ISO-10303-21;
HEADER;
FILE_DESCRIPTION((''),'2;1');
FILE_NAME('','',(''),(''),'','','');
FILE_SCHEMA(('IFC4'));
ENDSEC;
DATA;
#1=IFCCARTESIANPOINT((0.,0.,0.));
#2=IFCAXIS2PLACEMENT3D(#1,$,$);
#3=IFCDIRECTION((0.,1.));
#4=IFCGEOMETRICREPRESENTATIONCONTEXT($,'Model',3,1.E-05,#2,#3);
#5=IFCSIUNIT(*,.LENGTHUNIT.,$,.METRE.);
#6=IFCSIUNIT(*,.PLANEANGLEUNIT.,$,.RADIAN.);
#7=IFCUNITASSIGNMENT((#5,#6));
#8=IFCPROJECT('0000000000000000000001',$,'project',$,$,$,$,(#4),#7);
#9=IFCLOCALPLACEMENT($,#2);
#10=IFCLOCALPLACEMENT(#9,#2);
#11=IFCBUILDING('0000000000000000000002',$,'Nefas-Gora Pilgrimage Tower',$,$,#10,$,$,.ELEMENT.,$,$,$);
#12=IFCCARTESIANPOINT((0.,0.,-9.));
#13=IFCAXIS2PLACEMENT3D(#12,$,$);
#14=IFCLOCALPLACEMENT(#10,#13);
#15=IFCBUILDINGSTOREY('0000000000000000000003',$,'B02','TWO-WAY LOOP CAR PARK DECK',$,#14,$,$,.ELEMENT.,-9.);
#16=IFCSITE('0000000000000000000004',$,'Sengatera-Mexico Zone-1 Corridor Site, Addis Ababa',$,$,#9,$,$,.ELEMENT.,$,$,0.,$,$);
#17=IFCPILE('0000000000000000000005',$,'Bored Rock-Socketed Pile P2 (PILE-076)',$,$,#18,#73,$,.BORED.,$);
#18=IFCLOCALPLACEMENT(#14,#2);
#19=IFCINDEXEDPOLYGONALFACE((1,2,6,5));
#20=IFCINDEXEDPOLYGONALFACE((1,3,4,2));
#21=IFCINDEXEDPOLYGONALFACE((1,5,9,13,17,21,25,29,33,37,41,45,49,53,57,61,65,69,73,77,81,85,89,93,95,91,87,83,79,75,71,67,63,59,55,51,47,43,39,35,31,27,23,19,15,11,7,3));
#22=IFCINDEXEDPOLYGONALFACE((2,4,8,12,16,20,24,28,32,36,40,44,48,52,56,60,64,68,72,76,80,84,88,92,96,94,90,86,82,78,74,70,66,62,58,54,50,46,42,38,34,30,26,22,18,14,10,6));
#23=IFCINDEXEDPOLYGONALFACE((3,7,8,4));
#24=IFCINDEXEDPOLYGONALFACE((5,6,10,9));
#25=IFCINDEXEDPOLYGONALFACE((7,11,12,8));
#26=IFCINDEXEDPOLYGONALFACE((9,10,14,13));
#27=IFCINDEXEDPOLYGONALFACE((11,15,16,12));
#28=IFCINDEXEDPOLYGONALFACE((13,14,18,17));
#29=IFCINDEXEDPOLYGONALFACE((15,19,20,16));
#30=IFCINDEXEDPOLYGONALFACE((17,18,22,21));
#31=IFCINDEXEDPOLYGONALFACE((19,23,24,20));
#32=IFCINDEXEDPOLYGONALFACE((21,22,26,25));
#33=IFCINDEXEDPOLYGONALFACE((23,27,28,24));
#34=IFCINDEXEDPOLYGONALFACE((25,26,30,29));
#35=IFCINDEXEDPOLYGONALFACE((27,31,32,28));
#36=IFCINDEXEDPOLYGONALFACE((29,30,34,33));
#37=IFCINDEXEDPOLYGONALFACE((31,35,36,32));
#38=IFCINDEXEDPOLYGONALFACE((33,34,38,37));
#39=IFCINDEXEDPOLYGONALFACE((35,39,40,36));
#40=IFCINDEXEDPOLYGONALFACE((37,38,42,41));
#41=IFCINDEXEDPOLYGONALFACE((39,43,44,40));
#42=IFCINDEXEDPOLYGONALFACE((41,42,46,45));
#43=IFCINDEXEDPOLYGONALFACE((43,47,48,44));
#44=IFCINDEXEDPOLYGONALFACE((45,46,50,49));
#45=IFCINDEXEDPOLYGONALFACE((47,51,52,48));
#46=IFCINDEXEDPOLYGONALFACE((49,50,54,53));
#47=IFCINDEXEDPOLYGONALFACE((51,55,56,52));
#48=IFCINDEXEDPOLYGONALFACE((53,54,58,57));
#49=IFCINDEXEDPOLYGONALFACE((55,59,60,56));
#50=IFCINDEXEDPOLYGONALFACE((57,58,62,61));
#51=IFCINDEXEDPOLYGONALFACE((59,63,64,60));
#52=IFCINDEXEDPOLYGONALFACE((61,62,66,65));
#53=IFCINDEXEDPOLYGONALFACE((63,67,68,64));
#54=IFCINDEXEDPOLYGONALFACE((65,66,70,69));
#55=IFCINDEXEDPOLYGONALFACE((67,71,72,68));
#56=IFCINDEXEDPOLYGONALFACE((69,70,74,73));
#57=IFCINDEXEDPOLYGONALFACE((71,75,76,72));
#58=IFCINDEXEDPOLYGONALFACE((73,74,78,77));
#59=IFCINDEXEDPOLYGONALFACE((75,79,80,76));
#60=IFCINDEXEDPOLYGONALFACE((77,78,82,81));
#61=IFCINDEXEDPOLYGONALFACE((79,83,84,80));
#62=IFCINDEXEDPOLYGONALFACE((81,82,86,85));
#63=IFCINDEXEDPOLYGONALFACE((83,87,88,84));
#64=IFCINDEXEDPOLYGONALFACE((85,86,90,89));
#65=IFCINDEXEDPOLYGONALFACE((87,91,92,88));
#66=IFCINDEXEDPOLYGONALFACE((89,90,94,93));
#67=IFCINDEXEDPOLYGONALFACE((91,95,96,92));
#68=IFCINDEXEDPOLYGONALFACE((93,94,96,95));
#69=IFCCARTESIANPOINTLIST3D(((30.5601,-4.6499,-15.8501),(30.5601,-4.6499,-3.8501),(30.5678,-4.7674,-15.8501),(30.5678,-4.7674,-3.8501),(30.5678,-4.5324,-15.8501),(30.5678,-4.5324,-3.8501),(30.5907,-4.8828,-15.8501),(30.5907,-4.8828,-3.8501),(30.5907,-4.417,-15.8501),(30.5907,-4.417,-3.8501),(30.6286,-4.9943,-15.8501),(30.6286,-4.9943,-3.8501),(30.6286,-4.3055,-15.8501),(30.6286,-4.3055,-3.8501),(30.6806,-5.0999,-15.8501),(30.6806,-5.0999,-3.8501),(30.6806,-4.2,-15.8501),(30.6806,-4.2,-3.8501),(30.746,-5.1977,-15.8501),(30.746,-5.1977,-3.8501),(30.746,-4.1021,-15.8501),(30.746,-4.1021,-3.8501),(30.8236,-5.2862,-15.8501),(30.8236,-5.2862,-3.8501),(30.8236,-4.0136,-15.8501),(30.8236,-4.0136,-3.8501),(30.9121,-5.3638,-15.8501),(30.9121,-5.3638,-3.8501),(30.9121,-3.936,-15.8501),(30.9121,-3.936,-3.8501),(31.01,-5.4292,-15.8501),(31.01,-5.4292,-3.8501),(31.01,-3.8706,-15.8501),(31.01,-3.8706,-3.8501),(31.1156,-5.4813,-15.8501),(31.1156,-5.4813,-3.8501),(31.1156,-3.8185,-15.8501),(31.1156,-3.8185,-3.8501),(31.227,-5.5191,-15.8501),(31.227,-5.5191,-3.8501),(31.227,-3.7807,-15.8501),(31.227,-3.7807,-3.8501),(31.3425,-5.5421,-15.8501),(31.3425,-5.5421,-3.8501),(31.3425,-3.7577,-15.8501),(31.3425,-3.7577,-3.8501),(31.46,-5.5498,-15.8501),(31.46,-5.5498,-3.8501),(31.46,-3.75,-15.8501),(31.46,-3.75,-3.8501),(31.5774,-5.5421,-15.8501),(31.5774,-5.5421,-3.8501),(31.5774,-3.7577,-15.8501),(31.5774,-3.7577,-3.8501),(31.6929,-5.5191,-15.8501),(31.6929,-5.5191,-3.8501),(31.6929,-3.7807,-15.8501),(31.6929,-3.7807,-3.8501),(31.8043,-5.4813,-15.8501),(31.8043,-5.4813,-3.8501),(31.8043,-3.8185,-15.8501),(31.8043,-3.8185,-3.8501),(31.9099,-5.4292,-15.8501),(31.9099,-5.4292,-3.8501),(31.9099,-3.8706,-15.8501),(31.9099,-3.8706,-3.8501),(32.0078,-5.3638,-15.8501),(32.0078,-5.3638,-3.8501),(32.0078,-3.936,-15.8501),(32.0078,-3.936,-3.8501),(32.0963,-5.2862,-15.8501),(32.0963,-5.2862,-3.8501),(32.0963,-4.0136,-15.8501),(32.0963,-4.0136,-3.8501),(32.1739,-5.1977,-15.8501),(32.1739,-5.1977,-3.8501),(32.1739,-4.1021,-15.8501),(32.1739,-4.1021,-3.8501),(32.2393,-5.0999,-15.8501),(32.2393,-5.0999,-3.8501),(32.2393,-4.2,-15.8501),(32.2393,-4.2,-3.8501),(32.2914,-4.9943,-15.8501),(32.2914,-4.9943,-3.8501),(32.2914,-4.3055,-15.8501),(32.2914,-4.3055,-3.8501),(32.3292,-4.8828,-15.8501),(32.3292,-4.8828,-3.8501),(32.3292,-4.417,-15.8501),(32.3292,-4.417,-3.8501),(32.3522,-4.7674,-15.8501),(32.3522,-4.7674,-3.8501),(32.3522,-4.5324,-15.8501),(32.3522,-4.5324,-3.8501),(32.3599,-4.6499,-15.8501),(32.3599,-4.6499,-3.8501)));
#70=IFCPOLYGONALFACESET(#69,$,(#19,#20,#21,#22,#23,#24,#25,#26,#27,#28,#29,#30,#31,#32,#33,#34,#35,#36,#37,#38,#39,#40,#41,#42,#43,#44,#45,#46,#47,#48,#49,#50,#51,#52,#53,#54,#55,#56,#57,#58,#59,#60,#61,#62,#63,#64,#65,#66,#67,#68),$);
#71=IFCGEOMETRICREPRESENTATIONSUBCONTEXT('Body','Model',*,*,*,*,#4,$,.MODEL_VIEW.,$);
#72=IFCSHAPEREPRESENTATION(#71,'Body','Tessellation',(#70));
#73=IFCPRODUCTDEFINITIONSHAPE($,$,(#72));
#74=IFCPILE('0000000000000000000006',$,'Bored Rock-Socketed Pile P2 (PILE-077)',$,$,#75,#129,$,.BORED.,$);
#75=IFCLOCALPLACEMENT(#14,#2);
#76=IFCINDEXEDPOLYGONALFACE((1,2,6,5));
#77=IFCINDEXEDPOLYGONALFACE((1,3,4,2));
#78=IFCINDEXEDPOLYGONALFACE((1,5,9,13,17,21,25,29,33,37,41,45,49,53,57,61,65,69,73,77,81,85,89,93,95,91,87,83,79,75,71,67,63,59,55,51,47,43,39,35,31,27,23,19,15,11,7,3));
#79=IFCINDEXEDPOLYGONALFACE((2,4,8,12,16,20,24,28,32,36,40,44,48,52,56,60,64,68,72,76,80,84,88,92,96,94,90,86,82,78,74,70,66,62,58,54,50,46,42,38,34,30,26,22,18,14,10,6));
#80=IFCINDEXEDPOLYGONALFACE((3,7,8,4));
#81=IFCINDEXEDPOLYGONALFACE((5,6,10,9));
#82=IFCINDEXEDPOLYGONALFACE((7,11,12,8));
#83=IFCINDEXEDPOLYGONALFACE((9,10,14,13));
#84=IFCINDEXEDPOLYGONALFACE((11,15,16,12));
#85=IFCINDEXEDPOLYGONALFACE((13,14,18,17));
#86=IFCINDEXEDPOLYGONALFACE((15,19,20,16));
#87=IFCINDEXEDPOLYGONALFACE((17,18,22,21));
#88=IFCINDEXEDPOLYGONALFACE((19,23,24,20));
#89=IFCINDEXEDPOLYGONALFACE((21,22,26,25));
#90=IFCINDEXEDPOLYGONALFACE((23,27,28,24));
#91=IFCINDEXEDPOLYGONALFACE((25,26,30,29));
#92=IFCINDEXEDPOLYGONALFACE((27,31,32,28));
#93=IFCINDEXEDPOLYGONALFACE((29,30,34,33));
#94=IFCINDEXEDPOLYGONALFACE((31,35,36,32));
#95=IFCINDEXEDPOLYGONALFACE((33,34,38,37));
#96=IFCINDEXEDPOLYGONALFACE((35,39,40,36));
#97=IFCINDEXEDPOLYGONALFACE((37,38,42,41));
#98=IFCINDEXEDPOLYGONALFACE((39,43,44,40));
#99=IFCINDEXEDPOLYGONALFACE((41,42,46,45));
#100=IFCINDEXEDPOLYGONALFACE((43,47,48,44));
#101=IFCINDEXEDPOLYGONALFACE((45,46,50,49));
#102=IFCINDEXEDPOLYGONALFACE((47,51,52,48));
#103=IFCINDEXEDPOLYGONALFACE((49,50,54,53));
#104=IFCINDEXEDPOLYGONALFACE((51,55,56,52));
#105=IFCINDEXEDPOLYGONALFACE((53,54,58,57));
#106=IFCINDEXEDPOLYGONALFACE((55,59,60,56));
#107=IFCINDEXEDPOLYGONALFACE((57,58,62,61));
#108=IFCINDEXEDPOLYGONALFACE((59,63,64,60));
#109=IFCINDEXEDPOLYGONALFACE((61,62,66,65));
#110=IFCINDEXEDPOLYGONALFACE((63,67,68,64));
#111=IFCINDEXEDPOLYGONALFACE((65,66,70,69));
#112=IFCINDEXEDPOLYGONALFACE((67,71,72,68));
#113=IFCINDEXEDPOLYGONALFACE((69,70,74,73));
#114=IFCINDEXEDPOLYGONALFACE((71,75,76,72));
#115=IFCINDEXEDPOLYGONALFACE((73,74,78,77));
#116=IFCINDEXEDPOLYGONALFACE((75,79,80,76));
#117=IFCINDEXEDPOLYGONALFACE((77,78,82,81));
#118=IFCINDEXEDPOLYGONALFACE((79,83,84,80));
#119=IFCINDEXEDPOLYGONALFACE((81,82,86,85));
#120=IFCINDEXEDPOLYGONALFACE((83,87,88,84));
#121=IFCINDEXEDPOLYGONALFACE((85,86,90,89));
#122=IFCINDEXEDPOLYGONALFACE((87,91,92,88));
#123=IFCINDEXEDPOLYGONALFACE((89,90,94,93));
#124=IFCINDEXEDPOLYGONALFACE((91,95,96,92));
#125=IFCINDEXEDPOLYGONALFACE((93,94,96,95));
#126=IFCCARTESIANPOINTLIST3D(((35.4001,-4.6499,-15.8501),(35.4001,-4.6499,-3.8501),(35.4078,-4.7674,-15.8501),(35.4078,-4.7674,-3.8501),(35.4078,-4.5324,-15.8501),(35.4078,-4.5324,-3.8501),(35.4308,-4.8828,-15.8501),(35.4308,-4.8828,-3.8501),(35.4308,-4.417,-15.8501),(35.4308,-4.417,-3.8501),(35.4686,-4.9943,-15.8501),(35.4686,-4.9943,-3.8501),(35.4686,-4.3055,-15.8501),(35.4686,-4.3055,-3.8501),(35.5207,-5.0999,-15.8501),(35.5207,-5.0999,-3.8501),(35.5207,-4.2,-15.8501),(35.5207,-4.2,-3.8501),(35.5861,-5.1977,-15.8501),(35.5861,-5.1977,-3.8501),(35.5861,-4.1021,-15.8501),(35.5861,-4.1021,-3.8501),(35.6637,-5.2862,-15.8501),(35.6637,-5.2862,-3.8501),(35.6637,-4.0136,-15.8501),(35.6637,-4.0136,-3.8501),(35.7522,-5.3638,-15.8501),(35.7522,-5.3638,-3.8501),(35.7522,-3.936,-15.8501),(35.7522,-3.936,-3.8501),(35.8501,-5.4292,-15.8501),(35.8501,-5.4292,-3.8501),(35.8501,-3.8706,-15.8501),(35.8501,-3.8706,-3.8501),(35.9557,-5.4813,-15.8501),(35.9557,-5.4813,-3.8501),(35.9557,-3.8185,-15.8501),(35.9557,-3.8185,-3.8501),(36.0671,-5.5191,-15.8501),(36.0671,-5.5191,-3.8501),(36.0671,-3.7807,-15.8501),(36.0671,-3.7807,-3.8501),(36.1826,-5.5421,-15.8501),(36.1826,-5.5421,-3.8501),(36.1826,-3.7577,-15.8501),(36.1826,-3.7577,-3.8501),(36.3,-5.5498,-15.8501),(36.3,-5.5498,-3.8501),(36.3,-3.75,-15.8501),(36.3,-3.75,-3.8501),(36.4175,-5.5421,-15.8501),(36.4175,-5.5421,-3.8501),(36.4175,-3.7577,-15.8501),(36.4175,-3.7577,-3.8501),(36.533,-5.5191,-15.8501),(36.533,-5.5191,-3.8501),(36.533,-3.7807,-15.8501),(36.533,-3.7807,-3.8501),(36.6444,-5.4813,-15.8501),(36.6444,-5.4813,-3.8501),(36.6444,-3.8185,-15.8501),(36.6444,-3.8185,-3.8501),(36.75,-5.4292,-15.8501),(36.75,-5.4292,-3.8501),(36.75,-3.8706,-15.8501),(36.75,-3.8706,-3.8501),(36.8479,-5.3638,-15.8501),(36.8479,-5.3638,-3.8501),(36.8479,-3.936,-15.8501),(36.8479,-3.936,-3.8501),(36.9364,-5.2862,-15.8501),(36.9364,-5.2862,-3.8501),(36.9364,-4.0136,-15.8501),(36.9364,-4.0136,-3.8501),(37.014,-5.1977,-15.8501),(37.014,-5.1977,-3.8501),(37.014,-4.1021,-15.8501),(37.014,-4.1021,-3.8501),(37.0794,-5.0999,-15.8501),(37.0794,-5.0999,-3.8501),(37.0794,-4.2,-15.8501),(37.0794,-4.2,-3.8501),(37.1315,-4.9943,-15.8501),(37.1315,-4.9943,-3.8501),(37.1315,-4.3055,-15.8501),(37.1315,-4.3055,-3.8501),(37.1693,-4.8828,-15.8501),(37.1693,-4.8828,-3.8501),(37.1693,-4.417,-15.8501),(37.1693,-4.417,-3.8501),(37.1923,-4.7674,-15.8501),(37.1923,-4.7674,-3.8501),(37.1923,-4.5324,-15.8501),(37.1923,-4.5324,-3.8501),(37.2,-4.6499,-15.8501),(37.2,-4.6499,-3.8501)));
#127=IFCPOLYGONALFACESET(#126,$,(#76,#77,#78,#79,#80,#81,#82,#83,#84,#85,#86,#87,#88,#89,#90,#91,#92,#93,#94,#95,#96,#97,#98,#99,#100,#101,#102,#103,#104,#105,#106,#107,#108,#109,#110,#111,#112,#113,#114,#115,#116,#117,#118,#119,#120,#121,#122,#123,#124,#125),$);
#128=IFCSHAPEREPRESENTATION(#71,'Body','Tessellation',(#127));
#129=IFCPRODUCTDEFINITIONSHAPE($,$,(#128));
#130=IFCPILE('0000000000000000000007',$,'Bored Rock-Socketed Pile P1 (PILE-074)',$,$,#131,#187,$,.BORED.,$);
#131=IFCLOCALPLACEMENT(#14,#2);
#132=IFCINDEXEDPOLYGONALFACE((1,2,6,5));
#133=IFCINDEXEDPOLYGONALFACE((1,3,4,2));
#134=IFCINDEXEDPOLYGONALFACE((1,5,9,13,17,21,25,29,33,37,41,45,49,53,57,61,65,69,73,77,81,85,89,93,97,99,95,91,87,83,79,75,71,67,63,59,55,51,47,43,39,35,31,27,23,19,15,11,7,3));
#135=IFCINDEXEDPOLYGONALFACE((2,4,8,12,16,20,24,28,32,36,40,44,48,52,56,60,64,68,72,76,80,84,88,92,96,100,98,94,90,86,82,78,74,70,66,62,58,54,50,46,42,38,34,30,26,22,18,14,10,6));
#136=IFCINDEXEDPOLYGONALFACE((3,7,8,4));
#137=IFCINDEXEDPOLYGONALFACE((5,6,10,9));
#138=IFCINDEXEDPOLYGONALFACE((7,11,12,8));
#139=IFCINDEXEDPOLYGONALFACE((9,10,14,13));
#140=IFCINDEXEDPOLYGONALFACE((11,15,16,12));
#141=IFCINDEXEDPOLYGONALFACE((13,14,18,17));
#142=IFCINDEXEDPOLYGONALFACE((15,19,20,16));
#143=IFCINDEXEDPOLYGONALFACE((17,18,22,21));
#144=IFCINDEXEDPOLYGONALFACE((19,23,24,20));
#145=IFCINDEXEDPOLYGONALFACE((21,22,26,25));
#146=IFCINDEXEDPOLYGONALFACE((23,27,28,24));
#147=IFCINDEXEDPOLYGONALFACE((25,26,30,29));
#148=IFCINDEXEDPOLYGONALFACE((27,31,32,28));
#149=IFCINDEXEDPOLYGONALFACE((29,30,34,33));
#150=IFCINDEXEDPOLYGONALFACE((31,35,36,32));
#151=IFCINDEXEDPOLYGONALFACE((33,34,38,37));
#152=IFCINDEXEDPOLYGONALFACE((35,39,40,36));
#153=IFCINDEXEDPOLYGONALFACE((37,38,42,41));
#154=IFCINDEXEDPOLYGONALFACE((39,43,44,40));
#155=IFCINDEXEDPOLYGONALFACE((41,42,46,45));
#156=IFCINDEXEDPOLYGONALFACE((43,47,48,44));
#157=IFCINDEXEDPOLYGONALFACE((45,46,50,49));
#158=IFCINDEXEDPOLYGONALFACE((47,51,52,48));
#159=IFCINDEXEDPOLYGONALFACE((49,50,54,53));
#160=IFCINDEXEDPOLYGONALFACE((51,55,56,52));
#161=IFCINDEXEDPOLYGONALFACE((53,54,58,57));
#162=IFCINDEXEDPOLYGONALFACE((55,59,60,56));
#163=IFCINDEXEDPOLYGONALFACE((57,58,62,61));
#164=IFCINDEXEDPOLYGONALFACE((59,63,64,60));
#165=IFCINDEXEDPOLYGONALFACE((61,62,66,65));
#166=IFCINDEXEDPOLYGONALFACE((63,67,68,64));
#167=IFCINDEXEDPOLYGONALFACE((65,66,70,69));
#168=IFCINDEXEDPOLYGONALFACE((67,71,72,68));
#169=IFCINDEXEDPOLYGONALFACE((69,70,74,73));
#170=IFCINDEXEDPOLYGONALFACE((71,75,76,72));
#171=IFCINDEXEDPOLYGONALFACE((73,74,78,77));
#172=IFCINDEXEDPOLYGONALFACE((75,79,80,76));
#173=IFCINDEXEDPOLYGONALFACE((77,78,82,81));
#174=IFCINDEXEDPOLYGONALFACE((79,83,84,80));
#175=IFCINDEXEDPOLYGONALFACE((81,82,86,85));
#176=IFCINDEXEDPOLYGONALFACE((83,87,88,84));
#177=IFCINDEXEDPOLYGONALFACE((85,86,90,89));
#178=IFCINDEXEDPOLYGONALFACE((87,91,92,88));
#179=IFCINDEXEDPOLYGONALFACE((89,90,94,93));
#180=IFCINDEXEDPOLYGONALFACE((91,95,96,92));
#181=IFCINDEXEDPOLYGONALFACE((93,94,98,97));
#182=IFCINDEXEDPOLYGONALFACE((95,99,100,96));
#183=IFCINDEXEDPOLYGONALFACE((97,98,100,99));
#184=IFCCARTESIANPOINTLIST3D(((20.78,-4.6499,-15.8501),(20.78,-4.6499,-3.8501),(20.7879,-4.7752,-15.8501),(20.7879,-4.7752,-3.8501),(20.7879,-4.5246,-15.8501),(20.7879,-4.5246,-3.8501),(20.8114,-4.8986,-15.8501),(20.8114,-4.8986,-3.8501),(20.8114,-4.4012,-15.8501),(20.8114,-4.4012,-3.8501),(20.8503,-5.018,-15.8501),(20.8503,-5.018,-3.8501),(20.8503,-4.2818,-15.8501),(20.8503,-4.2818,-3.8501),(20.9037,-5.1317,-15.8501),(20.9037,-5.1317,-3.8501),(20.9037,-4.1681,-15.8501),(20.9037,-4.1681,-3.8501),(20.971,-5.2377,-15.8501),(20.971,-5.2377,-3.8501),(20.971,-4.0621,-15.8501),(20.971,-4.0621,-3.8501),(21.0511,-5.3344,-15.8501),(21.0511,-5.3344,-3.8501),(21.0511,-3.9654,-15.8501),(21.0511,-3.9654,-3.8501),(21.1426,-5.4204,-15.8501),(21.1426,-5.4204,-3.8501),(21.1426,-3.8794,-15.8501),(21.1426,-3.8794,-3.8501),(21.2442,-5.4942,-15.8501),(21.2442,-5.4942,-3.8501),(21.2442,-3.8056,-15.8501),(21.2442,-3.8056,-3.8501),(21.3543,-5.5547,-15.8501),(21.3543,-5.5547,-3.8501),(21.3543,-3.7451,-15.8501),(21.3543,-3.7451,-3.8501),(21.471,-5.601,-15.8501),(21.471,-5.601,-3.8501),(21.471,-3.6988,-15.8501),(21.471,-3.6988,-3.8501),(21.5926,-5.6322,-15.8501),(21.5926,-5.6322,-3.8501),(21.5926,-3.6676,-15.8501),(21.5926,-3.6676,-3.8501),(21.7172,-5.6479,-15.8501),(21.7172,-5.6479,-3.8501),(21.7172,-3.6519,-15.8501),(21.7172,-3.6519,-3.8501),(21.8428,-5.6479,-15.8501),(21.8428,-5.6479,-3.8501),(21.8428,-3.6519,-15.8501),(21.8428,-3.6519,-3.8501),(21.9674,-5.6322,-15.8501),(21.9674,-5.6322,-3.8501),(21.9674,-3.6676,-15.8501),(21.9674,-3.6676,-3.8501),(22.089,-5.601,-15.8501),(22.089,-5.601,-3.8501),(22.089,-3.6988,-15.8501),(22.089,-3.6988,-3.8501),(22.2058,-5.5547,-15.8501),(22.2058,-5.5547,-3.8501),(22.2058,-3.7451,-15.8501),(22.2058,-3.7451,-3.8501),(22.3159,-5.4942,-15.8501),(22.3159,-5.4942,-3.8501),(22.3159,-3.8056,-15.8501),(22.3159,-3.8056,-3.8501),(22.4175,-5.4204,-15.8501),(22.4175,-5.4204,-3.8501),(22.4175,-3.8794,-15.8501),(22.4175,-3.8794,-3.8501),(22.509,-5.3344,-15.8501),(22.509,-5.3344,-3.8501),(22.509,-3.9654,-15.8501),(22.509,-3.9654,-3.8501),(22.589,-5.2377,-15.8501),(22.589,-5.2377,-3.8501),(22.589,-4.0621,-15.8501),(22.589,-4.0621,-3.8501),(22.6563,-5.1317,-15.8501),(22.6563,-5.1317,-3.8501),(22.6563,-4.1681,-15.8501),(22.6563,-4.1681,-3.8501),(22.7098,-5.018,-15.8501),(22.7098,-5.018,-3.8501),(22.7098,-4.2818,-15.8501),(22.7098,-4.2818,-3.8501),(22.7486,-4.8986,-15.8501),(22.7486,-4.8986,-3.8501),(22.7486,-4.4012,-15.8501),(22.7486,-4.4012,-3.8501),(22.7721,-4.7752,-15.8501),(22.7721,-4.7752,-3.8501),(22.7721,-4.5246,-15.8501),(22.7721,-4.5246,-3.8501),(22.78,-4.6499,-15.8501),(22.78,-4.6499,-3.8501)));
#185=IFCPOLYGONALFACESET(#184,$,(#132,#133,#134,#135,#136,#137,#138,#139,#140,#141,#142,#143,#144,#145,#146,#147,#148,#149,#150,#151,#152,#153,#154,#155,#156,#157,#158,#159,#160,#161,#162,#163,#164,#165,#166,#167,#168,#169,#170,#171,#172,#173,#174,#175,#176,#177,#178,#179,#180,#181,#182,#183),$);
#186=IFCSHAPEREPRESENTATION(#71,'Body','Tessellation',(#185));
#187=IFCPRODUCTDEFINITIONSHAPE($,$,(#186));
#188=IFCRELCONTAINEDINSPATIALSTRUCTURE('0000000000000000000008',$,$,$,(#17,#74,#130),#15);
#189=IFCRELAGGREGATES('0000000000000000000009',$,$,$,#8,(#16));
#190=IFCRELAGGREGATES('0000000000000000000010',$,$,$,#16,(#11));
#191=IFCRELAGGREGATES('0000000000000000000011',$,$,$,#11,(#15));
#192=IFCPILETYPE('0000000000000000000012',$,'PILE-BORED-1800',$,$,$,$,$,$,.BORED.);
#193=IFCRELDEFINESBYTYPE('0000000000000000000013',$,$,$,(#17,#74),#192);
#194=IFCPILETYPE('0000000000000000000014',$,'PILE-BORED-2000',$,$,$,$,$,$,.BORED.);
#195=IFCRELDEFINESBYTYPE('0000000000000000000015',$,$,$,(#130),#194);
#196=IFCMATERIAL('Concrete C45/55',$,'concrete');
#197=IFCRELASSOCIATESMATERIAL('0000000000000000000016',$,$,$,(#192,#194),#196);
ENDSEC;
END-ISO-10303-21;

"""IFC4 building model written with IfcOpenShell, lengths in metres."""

from ifc_helpers import new_model, si_unit, direction, frame, origin, origin_2d, place, context, subcontext, project, spatial, circle, extrude, source, transform, mapped, material, material_profile, profile_set, type_object, element, save


model = new_model("IFC4")

# Units and contexts
model_context = context("Model", 3, precision=1e-05, world=origin(), true_north=direction((0.0, 1.0)))
body_context = subcontext(model_context, "Body", "Model", "MODEL_VIEW")
ifc_project = project(units=[si_unit("LENGTHUNIT", "METRE"), si_unit("PLANEANGLEUNIT", "RADIAN")], contexts=[model_context])

# Site, building, storey
site_placement = place(None, origin())
site = spatial("IfcSite", under=ifc_project, at=site_placement, Name="Sengatera-Mexico Zone-1 Corridor Site, Addis Ababa", CompositionType="ELEMENT", RefElevation=0.0)
building_placement = place(site_placement, origin())
building = spatial("IfcBuilding", under=site, at=building_placement, Name="Nefas-Gora Pilgrimage Tower", CompositionType="ELEMENT")
storey_placement = place(building_placement, frame((0.0, 0.0, -9.0)))
storey = spatial("IfcBuildingStorey", under=building, at=storey_placement, Name="B02", Description="TWO-WAY LOOP CAR PARK DECK", CompositionType="ELEMENT", Elevation=-9.0)

# Piles
ifc_material_1 = material(Name="Concrete C45/55", Category="concrete")
ifc_material_profile_1 = material_profile(ifc_material_1, circle(Radius=0.8999, at=origin_2d()), Name="PILE D1800")
ifc_profile_set_1 = profile_set([ifc_material_profile_1], Name="Concrete C45/55")
pile_type_1 = type_object("IfcPileType", Name="PILE-BORED-1800", PredefinedType="BORED", material=ifc_profile_set_1)
shared_shape_1 = source(origin(), body_context, "Body", "SweptSolid", [
    extrude(circle(Radius=0.8999, at=origin_2d()), origin(), (0.0, 0.0, 1.0), 12.0),
])
for number, where, z_axis, x_axis, name in (
    (1, (31.46, -4.6499, -3.8501), (0.0, 0.0, -1.0), (1.0, 0.0, 0.0), "Bored Rock-Socketed Pile P2 (PILE-076)"),
    (2, (36.3, -4.6499, -3.8501), (0.0, 0.0, -1.0), (1.0, 0.0, 0.0), "Bored Rock-Socketed Pile P2 (PILE-077)"),
):
    element("IfcPile", number, at=place(storey_placement, frame(where, z_axis=z_axis, x_axis=x_axis)), inside=storey, type_object=pile_type_1, Name=name, PredefinedType="BORED", context=body_context, shape_type="MappedRepresentation", body=[
        mapped(shared_shape_1, transform((0.0, 0.0, 0.0), x_axis=(1.0, 0.0, 0.0), y_axis=(0.0, 1.0, 0.0), z_axis=(0.0, 0.0, 1.0), scale=1.0)),
    ])
ifc_material_profile_2 = material_profile(ifc_material_1, circle(Radius=1.0, at=origin_2d()), Name="PILE D2000")
ifc_profile_set_2 = profile_set([ifc_material_profile_2], Name="Concrete C45/55")
pile_type_2 = type_object("IfcPileType", Name="PILE-BORED-2000", PredefinedType="BORED", material=ifc_profile_set_2)
shared_shape_2 = source(origin(), body_context, "Body", "SweptSolid", [
    extrude(circle(Radius=1.0, at=origin_2d()), origin(), (0.0, 0.0, 1.0), 12.0),
])
pile_placement = place(storey_placement, frame((21.78, -4.6499, -3.8501), z_axis=(0.0, 0.0, -1.0), x_axis=(1.0, 0.0, 0.0)))
element("IfcPile", 3, at=pile_placement, inside=storey, type_object=pile_type_2, Name="Bored Rock-Socketed Pile P1 (PILE-074)", PredefinedType="BORED", context=body_context, shape_type="MappedRepresentation", body=[
    mapped(shared_shape_2, transform((0.0, 0.0, 0.0), x_axis=(1.0, 0.0, 0.0), y_axis=(0.0, 1.0, 0.0), z_axis=(0.0, 0.0, 1.0), scale=1.0)),
])

save(model, "model.ifc")
